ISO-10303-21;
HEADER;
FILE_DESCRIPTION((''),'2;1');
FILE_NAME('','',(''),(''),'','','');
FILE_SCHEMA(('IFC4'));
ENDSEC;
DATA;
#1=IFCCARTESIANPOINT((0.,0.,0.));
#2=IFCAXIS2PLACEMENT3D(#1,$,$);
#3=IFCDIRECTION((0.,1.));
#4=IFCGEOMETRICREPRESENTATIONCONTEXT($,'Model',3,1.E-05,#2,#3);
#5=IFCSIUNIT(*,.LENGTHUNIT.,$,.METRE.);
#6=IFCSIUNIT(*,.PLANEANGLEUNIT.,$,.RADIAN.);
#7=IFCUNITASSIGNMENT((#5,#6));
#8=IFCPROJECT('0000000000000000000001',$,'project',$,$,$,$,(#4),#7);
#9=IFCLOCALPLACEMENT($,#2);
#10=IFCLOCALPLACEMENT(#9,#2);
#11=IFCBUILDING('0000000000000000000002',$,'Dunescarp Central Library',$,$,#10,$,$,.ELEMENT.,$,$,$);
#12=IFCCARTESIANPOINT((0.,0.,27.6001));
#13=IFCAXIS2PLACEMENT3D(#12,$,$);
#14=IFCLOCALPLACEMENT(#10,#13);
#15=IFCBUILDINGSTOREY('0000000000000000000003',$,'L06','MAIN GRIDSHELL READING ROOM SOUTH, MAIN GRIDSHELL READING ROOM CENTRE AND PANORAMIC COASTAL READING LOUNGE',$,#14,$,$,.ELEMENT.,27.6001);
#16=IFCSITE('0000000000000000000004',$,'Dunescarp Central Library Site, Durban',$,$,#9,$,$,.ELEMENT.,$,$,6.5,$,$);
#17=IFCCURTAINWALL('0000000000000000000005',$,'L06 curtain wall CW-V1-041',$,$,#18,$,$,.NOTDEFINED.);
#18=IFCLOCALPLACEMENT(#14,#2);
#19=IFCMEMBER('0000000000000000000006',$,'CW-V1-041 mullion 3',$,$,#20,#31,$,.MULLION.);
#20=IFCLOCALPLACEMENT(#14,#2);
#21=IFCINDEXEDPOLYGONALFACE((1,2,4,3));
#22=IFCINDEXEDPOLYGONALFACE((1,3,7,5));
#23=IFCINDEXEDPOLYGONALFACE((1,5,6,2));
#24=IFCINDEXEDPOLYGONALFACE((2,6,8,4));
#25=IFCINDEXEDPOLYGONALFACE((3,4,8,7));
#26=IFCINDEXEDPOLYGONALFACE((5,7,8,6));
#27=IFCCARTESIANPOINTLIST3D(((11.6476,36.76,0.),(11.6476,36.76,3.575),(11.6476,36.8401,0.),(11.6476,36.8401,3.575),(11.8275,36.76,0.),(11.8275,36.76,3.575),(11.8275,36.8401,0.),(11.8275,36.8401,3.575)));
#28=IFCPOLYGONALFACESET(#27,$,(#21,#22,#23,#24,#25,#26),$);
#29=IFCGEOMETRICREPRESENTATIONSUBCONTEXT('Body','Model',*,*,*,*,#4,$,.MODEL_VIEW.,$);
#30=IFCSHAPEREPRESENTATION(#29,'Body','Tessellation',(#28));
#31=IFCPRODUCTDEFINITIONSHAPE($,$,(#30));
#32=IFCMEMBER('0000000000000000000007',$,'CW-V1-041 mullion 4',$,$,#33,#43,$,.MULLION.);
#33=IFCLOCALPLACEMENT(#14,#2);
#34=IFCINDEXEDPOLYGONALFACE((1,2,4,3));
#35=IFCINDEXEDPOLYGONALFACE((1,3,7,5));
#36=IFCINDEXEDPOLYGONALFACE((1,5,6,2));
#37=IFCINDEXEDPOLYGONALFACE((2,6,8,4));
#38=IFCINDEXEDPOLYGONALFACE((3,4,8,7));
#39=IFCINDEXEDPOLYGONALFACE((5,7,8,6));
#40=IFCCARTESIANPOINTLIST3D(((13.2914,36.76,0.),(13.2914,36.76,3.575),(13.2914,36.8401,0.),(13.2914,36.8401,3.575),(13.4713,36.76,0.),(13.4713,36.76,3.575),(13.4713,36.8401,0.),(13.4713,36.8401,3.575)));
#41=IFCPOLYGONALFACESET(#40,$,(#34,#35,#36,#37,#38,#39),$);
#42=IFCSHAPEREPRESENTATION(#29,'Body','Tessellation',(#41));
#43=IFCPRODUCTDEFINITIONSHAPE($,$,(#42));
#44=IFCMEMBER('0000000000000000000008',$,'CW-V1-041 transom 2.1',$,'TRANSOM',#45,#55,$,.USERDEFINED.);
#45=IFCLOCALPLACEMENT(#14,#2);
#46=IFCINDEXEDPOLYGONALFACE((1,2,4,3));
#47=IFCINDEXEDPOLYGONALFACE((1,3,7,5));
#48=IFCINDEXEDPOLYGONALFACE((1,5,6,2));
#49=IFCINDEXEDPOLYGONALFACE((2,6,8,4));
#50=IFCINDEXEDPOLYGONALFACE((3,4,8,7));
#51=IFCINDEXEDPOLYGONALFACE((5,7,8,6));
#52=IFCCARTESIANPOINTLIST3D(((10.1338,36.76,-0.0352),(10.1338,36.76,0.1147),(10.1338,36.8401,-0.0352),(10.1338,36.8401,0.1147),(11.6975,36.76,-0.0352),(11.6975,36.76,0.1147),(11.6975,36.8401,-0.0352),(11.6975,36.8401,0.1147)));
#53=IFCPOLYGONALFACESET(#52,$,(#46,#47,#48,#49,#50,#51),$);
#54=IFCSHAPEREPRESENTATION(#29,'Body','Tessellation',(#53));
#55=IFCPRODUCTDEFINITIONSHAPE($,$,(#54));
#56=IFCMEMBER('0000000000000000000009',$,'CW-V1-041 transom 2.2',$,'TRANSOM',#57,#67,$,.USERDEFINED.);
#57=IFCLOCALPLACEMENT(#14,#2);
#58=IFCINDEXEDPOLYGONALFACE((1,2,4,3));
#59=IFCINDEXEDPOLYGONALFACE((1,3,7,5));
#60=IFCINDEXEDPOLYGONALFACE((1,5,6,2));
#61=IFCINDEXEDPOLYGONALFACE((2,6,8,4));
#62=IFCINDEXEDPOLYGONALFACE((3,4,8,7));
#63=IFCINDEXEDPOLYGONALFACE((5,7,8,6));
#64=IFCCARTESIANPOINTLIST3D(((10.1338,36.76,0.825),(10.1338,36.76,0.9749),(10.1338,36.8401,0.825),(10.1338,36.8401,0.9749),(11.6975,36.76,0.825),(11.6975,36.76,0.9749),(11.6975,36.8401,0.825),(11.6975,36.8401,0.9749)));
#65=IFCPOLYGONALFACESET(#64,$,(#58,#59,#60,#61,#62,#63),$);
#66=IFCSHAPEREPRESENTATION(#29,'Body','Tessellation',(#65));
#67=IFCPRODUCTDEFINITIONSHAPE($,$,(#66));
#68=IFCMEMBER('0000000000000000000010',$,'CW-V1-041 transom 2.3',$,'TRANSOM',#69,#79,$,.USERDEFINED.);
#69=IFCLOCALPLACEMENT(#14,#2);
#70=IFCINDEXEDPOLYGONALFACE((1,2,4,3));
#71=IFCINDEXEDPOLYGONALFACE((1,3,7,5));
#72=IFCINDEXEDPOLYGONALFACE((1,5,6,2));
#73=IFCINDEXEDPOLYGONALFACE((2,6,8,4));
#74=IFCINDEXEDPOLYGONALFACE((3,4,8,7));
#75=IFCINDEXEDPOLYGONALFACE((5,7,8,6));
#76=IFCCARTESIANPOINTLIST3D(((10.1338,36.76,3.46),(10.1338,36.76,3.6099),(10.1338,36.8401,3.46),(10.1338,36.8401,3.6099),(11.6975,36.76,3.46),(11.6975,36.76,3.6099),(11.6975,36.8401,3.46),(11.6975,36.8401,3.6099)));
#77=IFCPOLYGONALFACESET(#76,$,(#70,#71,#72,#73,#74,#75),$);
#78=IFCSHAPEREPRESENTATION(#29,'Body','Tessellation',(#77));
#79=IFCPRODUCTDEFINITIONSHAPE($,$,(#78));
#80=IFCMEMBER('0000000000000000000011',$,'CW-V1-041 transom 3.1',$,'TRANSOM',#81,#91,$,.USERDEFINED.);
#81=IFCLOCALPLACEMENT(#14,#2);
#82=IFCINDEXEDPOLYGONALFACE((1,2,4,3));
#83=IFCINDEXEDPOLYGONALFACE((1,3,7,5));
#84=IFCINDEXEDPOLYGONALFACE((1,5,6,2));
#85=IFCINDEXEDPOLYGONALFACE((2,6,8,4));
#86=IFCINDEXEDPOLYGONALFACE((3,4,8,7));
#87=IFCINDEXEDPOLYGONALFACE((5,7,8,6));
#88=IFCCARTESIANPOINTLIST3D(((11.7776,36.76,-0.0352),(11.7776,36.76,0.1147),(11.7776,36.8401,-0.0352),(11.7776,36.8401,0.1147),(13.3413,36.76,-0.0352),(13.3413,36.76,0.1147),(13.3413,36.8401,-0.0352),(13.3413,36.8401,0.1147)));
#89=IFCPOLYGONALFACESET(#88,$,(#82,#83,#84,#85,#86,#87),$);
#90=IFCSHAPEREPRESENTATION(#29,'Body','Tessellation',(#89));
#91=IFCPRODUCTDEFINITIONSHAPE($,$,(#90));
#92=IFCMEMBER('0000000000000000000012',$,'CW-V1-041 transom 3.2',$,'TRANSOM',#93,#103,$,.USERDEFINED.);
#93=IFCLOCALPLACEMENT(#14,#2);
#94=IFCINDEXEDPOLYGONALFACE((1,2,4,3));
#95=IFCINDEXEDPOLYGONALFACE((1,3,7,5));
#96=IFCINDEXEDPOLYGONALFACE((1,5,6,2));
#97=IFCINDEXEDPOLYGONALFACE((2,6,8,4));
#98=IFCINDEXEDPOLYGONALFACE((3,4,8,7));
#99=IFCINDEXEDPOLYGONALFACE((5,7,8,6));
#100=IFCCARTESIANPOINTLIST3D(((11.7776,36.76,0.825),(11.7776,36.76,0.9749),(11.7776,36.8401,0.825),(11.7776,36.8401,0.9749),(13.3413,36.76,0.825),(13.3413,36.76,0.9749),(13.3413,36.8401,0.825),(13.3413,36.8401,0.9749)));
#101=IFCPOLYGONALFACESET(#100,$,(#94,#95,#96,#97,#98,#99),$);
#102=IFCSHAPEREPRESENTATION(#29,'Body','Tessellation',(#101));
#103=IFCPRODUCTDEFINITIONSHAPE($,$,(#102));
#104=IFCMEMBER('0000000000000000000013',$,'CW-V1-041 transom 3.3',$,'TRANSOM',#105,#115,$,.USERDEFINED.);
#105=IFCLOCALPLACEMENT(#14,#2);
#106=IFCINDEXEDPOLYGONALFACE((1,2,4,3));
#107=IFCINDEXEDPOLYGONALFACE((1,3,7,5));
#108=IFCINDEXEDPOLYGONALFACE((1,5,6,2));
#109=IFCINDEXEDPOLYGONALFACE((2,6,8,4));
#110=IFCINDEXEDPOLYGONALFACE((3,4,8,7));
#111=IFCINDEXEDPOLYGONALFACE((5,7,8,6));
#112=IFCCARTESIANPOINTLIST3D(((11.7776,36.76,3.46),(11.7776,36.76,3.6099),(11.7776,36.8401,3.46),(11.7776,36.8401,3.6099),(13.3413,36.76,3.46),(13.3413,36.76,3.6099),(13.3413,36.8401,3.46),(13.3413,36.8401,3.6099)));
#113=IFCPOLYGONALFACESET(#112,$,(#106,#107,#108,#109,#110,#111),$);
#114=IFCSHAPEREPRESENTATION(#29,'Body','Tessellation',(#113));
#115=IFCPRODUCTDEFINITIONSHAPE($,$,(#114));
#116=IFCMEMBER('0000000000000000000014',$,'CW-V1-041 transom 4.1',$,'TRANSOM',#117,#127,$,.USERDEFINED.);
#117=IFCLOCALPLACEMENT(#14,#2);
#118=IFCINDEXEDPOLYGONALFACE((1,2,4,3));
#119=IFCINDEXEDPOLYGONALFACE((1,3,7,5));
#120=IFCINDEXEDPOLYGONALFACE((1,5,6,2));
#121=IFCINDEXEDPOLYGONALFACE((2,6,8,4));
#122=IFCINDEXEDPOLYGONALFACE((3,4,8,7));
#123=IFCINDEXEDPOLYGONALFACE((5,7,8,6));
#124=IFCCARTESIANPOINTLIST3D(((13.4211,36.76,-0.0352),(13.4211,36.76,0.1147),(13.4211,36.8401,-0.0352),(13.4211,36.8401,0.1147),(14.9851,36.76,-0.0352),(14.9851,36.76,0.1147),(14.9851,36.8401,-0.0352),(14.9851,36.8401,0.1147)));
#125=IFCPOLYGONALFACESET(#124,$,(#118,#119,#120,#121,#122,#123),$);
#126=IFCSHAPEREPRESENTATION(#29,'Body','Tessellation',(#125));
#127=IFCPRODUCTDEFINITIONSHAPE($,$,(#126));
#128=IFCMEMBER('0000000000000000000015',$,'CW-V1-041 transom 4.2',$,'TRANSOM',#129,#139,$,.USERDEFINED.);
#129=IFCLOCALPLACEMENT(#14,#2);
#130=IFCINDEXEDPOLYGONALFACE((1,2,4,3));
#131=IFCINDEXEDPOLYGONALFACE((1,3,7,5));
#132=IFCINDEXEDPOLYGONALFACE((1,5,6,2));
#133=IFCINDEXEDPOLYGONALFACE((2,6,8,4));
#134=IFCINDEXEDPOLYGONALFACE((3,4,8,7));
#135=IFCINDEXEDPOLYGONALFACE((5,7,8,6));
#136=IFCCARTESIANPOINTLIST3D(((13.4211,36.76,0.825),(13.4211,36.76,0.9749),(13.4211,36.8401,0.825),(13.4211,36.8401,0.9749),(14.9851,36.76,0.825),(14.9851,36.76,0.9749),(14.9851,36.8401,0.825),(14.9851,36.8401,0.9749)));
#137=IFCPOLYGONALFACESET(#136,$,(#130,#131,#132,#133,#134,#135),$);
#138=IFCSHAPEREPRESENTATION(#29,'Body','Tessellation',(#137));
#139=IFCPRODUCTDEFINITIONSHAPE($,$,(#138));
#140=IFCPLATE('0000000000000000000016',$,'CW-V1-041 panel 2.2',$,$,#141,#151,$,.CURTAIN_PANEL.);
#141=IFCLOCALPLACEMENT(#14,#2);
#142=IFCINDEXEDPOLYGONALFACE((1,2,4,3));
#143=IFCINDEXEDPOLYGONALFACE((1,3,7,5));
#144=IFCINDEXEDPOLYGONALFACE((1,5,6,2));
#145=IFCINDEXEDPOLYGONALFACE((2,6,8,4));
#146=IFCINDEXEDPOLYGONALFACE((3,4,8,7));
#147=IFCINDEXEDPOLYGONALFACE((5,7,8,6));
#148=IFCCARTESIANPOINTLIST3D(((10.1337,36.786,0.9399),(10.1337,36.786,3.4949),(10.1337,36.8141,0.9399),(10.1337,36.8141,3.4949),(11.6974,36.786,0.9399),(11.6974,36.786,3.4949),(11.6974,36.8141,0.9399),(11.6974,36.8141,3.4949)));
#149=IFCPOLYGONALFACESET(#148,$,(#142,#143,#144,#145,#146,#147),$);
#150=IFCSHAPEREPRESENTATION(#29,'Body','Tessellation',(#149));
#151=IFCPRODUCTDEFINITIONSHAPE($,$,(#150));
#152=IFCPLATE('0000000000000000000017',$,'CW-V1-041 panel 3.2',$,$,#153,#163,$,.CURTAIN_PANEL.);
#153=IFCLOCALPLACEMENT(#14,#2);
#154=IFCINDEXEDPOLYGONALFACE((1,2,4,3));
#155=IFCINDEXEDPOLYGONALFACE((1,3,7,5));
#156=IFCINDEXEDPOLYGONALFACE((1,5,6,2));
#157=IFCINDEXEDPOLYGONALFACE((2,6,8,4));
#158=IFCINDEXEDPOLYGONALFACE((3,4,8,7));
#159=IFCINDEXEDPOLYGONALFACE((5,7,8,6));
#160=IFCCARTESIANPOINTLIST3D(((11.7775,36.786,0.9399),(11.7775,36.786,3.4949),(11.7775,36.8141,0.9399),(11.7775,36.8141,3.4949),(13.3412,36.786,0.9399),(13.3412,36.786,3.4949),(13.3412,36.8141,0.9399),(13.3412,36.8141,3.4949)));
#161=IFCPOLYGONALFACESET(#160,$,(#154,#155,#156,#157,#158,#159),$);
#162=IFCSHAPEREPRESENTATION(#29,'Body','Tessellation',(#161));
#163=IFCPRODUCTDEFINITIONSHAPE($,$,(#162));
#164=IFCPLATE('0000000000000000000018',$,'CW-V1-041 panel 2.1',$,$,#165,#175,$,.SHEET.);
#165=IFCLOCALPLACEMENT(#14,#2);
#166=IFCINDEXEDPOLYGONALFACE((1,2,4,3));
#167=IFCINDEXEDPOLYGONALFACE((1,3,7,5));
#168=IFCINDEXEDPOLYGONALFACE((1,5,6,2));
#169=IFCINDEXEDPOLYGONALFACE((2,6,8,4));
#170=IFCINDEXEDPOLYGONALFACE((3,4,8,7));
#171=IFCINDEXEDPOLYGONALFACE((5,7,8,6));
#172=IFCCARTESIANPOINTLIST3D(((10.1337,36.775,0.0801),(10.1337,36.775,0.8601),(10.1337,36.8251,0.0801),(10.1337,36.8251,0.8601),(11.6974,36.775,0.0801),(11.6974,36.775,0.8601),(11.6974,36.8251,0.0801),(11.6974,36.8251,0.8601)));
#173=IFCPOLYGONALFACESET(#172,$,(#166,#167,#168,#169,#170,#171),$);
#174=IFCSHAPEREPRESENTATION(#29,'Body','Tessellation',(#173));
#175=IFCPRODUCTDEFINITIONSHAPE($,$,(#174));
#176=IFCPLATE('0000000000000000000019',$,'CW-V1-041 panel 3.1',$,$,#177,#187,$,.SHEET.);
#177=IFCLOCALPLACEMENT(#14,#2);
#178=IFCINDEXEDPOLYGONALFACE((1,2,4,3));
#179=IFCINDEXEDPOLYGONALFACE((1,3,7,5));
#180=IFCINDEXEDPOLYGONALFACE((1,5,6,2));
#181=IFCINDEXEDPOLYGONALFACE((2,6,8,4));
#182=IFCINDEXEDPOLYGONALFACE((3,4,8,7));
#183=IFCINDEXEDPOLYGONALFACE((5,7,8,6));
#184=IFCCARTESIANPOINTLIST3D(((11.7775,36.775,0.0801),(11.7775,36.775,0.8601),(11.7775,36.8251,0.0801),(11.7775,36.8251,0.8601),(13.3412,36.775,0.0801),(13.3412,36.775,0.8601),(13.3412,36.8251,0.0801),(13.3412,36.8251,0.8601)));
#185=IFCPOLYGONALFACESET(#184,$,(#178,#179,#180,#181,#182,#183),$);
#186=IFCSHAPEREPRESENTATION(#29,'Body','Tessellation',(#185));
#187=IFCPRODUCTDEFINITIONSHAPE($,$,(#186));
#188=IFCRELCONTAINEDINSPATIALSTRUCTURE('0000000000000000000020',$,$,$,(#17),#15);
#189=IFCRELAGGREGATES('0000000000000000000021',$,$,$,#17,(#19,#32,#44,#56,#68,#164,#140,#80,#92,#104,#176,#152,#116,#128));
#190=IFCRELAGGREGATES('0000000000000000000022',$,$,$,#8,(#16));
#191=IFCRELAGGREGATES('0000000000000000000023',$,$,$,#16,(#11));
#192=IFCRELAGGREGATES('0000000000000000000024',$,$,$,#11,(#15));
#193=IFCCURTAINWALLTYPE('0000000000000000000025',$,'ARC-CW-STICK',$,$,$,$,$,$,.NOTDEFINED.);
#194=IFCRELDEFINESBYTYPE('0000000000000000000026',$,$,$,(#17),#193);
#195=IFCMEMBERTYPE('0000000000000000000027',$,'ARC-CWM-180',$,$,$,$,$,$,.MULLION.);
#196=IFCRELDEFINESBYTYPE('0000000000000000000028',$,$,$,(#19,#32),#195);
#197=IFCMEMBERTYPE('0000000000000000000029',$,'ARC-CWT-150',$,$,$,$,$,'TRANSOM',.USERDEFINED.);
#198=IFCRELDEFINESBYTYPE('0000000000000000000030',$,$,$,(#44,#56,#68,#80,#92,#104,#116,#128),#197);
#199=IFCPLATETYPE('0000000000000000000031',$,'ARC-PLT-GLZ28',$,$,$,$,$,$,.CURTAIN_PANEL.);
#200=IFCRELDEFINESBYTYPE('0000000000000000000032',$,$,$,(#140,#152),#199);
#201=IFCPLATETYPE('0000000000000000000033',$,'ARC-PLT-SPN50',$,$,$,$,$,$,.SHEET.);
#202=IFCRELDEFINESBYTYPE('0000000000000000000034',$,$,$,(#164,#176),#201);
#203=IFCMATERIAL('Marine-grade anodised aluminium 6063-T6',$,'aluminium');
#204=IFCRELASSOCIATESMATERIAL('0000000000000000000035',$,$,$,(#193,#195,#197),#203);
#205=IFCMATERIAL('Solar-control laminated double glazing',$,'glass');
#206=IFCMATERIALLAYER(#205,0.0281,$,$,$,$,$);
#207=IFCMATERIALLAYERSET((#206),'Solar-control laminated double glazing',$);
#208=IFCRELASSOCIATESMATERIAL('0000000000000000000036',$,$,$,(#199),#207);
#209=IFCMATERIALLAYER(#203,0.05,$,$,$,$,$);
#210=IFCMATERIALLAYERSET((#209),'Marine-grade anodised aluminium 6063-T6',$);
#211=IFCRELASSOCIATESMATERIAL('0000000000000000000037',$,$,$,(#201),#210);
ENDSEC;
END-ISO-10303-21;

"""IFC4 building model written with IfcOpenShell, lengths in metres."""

from ifc_helpers import new_model, si_unit, direction, frame, origin, origin_2d, place, context, subcontext, project, spatial, rectangle, extrude, material, layer, layer_set, material_profile, profile_set, type_object, element, aggregate, save


model = new_model("IFC4")

# Units and contexts
model_context = context("Model", 3, precision=1e-05, world=origin(), true_north=direction((0.0, 1.0)))
body_context = subcontext(model_context, "Body", "Model", "MODEL_VIEW")
ifc_project = project(units=[si_unit("LENGTHUNIT", "METRE"), si_unit("PLANEANGLEUNIT", "RADIAN")], contexts=[model_context])

# Site, building, storey
site_placement = place(None, origin())
site = spatial("IfcSite", under=ifc_project, at=site_placement, Name="Dunescarp Central Library Site, Durban", CompositionType="ELEMENT", RefElevation=6.5)
building_placement = place(site_placement, origin())
building = spatial("IfcBuilding", under=site, at=building_placement, Name="Dunescarp Central Library", CompositionType="ELEMENT")
storey_placement = place(building_placement, frame((0.0, 0.0, 27.6001)))
storey = spatial("IfcBuildingStorey", under=building, at=storey_placement, Name="L06", Description="MAIN GRIDSHELL READING ROOM SOUTH, MAIN GRIDSHELL READING ROOM CENTRE AND PANORAMIC COASTAL READING LOUNGE", CompositionType="ELEMENT", Elevation=27.6001)

# Curtain wall, members, plates
ifc_material_1 = material(Name="Marine-grade anodised aluminium 6063-T6", Category="aluminium")
curtain_wall_type = type_object("IfcCurtainWallType", Name="ARC-CW-STICK", PredefinedType="NOTDEFINED", material=ifc_material_1)
curtain_wall_placement = place(storey_placement, origin())
curtain_wall = element("IfcCurtainWall", 1, at=curtain_wall_placement, inside=storey, type_object=curtain_wall_type, Name="L06 curtain wall CW-V1-041", PredefinedType="NOTDEFINED")
ifc_material_profile_1 = material_profile(ifc_material_1, rectangle(XDim=0.0801, YDim=0.1799, at=origin_2d()), Name="AL 80x180")
ifc_profile_set_1 = profile_set([ifc_material_profile_1], Name="Marine-grade anodised aluminium 6063-T6")
member_type_1 = type_object("IfcMemberType", Name="ARC-CWM-180", PredefinedType="MULLION", material=ifc_profile_set_1)
member_1_placement = place(storey_placement, frame((11.7375, 36.8, 0.0), z_axis=(0.0, 0.0, 1.0), x_axis=(0.0, 1.0, 0.0)))
member_1 = element("IfcMember", 2, at=member_1_placement, type_object=member_type_1, Name="CW-V1-041 mullion 3", PredefinedType="MULLION", context=body_context, shape_type="SweptSolid", body=[
    extrude(rectangle(XDim=0.0801, YDim=0.1799, at=origin_2d()), origin(), (0.0, 0.0, 1.0), 3.575),
])
member_2_placement = place(storey_placement, frame((13.3813, 36.8, 0.0), z_axis=(0.0, 0.0, 1.0), x_axis=(0.0, 1.0, 0.0)))
member_2 = element("IfcMember", 3, at=member_2_placement, type_object=member_type_1, Name="CW-V1-041 mullion 4", PredefinedType="MULLION", context=body_context, shape_type="SweptSolid", body=[
    extrude(rectangle(XDim=0.0801, YDim=0.1799, at=origin_2d()), origin(), (0.0, 0.0, 1.0), 3.575),
])
ifc_material_profile_2 = material_profile(ifc_material_1, rectangle(XDim=0.0801, YDim=0.1499, at=origin_2d()), Name="AL 80x150")
ifc_profile_set_2 = profile_set([ifc_material_profile_2], Name="Marine-grade anodised aluminium 6063-T6")
member_type_2 = type_object("IfcMemberType", Name="ARC-CWT-150", ElementType="TRANSOM", PredefinedType="USERDEFINED", material=ifc_profile_set_2)
member_3_placement = place(storey_placement, frame((10.1338, 36.8, 0.0398), z_axis=(1.0, 0.0, 0.0), x_axis=(0.0, 1.0, 0.0)))
member_3 = element("IfcMember", 4, at=member_3_placement, type_object=member_type_2, Name="CW-V1-041 transom 2.1", ObjectType="TRANSOM", PredefinedType="USERDEFINED", context=body_context, shape_type="SweptSolid", body=[
    extrude(rectangle(XDim=0.0801, YDim=0.1499, at=origin_2d()), origin(), (0.0, 0.0, 1.0), 1.5637),
])
member_4_placement = place(storey_placement, frame((10.1338, 36.8, 0.8999), z_axis=(1.0, 0.0, 0.0), x_axis=(0.0, 1.0, 0.0)))
member_4 = element("IfcMember", 5, at=member_4_placement, type_object=member_type_2, Name="CW-V1-041 transom 2.2", ObjectType="TRANSOM", PredefinedType="USERDEFINED", context=body_context, shape_type="SweptSolid", body=[
    extrude(rectangle(XDim=0.0801, YDim=0.1499, at=origin_2d()), origin(), (0.0, 0.0, 1.0), 1.5637),
])
member_5_placement = place(storey_placement, frame((10.1338, 36.8, 3.5349), z_axis=(1.0, 0.0, 0.0), x_axis=(0.0, 1.0, 0.0)))
member_5 = element("IfcMember", 6, at=member_5_placement, type_object=member_type_2, Name="CW-V1-041 transom 2.3", ObjectType="TRANSOM", PredefinedType="USERDEFINED", context=body_context, shape_type="SweptSolid", body=[
    extrude(rectangle(XDim=0.0801, YDim=0.1499, at=origin_2d()), origin(), (0.0, 0.0, 1.0), 1.5637),
])
member_6_placement = place(storey_placement, frame((11.7776, 36.8, 0.0398), z_axis=(1.0, 0.0, 0.0), x_axis=(0.0, 1.0, 0.0)))
member_6 = element("IfcMember", 7, at=member_6_placement, type_object=member_type_2, Name="CW-V1-041 transom 3.1", ObjectType="TRANSOM", PredefinedType="USERDEFINED", context=body_context, shape_type="SweptSolid", body=[
    extrude(rectangle(XDim=0.0801, YDim=0.1499, at=origin_2d()), origin(), (0.0, 0.0, 1.0), 1.5637),
])
member_7_placement = place(storey_placement, frame((11.7776, 36.8, 0.8999), z_axis=(1.0, 0.0, 0.0), x_axis=(0.0, 1.0, 0.0)))
member_7 = element("IfcMember", 8, at=member_7_placement, type_object=member_type_2, Name="CW-V1-041 transom 3.2", ObjectType="TRANSOM", PredefinedType="USERDEFINED", context=body_context, shape_type="SweptSolid", body=[
    extrude(rectangle(XDim=0.0801, YDim=0.1499, at=origin_2d()), origin(), (0.0, 0.0, 1.0), 1.5637),
])
member_8_placement = place(storey_placement, frame((11.7776, 36.8, 3.5349), z_axis=(1.0, 0.0, 0.0), x_axis=(0.0, 1.0, 0.0)))
member_8 = element("IfcMember", 9, at=member_8_placement, type_object=member_type_2, Name="CW-V1-041 transom 3.3", ObjectType="TRANSOM", PredefinedType="USERDEFINED", context=body_context, shape_type="SweptSolid", body=[
    extrude(rectangle(XDim=0.0801, YDim=0.1499, at=origin_2d()), origin(), (0.0, 0.0, 1.0), 1.5637),
])
member_9_placement = place(storey_placement, frame((13.4211, 36.8, 0.0398), z_axis=(1.0, 0.0, 0.0), x_axis=(0.0, 1.0, 0.0)))
member_9 = element("IfcMember", 10, at=member_9_placement, type_object=member_type_2, Name="CW-V1-041 transom 4.1", ObjectType="TRANSOM", PredefinedType="USERDEFINED", context=body_context, shape_type="SweptSolid", body=[
    extrude(rectangle(XDim=0.0801, YDim=0.1499, at=origin_2d()), origin(), (0.0, 0.0, 1.0), 1.564),
])
member_10_placement = place(storey_placement, frame((13.4211, 36.8, 0.8999), z_axis=(1.0, 0.0, 0.0), x_axis=(0.0, 1.0, 0.0)))
member_10 = element("IfcMember", 11, at=member_10_placement, type_object=member_type_2, Name="CW-V1-041 transom 4.2", ObjectType="TRANSOM", PredefinedType="USERDEFINED", context=body_context, shape_type="SweptSolid", body=[
    extrude(rectangle(XDim=0.0801, YDim=0.1499, at=origin_2d()), origin(), (0.0, 0.0, 1.0), 1.564),
])
ifc_material_2 = material(Name="Solar-control laminated double glazing", Category="glass")
ifc_layer_1 = layer(ifc_material_2, 0.0281)
ifc_layer_set_1 = layer_set([ifc_layer_1], Name="Solar-control laminated double glazing")
plate_type_1 = type_object("IfcPlateType", Name="ARC-PLT-GLZ28", PredefinedType="CURTAIN_PANEL", material=ifc_layer_set_1)
plate_1_placement = place(storey_placement, frame((10.9155, 36.8, 0.9399), z_axis=(0.0, 0.0, 1.0), x_axis=(1.0, 0.0, 0.0)))
plate_1 = element("IfcPlate", 12, at=plate_1_placement, type_object=plate_type_1, Name="CW-V1-041 panel 2.2", PredefinedType="CURTAIN_PANEL", context=body_context, shape_type="SweptSolid", body=[
    extrude(rectangle(XDim=1.5637, YDim=0.0281, at=origin_2d()), origin(), (0.0, 0.0, 1.0), 2.5549),
])
plate_2_placement = place(storey_placement, frame((12.5593, 36.8, 0.9399), z_axis=(0.0, 0.0, 1.0), x_axis=(1.0, 0.0, 0.0)))
plate_2 = element("IfcPlate", 13, at=plate_2_placement, type_object=plate_type_1, Name="CW-V1-041 panel 3.2", PredefinedType="CURTAIN_PANEL", context=body_context, shape_type="SweptSolid", body=[
    extrude(rectangle(XDim=1.5637, YDim=0.0281, at=origin_2d()), origin(), (0.0, 0.0, 1.0), 2.5549),
])
ifc_layer_2 = layer(ifc_material_1, 0.05)
ifc_layer_set_2 = layer_set([ifc_layer_2], Name="Marine-grade anodised aluminium 6063-T6")
plate_type_2 = type_object("IfcPlateType", Name="ARC-PLT-SPN50", PredefinedType="SHEET", material=ifc_layer_set_2)
plate_3_placement = place(storey_placement, frame((10.9155, 36.8, 0.0801), z_axis=(0.0, 0.0, 1.0), x_axis=(1.0, 0.0, 0.0)))
plate_3 = element("IfcPlate", 14, at=plate_3_placement, type_object=plate_type_2, Name="CW-V1-041 panel 2.1", PredefinedType="SHEET", context=body_context, shape_type="SweptSolid", body=[
    extrude(rectangle(XDim=1.5637, YDim=0.05, at=origin_2d()), origin(), (0.0, 0.0, 1.0), 0.78),
])
plate_4_placement = place(storey_placement, frame((12.5593, 36.8, 0.0801), z_axis=(0.0, 0.0, 1.0), x_axis=(1.0, 0.0, 0.0)))
plate_4 = element("IfcPlate", 15, at=plate_4_placement, type_object=plate_type_2, Name="CW-V1-041 panel 3.1", PredefinedType="SHEET", context=body_context, shape_type="SweptSolid", body=[
    extrude(rectangle(XDim=1.5637, YDim=0.05, at=origin_2d()), origin(), (0.0, 0.0, 1.0), 0.78),
])
aggregate(curtain_wall, [member_1, member_2, member_3, member_4, member_5, plate_3, plate_1, member_6, member_7, member_8, plate_4, plate_2, member_9, member_10])

save(model, "model.ifc")
